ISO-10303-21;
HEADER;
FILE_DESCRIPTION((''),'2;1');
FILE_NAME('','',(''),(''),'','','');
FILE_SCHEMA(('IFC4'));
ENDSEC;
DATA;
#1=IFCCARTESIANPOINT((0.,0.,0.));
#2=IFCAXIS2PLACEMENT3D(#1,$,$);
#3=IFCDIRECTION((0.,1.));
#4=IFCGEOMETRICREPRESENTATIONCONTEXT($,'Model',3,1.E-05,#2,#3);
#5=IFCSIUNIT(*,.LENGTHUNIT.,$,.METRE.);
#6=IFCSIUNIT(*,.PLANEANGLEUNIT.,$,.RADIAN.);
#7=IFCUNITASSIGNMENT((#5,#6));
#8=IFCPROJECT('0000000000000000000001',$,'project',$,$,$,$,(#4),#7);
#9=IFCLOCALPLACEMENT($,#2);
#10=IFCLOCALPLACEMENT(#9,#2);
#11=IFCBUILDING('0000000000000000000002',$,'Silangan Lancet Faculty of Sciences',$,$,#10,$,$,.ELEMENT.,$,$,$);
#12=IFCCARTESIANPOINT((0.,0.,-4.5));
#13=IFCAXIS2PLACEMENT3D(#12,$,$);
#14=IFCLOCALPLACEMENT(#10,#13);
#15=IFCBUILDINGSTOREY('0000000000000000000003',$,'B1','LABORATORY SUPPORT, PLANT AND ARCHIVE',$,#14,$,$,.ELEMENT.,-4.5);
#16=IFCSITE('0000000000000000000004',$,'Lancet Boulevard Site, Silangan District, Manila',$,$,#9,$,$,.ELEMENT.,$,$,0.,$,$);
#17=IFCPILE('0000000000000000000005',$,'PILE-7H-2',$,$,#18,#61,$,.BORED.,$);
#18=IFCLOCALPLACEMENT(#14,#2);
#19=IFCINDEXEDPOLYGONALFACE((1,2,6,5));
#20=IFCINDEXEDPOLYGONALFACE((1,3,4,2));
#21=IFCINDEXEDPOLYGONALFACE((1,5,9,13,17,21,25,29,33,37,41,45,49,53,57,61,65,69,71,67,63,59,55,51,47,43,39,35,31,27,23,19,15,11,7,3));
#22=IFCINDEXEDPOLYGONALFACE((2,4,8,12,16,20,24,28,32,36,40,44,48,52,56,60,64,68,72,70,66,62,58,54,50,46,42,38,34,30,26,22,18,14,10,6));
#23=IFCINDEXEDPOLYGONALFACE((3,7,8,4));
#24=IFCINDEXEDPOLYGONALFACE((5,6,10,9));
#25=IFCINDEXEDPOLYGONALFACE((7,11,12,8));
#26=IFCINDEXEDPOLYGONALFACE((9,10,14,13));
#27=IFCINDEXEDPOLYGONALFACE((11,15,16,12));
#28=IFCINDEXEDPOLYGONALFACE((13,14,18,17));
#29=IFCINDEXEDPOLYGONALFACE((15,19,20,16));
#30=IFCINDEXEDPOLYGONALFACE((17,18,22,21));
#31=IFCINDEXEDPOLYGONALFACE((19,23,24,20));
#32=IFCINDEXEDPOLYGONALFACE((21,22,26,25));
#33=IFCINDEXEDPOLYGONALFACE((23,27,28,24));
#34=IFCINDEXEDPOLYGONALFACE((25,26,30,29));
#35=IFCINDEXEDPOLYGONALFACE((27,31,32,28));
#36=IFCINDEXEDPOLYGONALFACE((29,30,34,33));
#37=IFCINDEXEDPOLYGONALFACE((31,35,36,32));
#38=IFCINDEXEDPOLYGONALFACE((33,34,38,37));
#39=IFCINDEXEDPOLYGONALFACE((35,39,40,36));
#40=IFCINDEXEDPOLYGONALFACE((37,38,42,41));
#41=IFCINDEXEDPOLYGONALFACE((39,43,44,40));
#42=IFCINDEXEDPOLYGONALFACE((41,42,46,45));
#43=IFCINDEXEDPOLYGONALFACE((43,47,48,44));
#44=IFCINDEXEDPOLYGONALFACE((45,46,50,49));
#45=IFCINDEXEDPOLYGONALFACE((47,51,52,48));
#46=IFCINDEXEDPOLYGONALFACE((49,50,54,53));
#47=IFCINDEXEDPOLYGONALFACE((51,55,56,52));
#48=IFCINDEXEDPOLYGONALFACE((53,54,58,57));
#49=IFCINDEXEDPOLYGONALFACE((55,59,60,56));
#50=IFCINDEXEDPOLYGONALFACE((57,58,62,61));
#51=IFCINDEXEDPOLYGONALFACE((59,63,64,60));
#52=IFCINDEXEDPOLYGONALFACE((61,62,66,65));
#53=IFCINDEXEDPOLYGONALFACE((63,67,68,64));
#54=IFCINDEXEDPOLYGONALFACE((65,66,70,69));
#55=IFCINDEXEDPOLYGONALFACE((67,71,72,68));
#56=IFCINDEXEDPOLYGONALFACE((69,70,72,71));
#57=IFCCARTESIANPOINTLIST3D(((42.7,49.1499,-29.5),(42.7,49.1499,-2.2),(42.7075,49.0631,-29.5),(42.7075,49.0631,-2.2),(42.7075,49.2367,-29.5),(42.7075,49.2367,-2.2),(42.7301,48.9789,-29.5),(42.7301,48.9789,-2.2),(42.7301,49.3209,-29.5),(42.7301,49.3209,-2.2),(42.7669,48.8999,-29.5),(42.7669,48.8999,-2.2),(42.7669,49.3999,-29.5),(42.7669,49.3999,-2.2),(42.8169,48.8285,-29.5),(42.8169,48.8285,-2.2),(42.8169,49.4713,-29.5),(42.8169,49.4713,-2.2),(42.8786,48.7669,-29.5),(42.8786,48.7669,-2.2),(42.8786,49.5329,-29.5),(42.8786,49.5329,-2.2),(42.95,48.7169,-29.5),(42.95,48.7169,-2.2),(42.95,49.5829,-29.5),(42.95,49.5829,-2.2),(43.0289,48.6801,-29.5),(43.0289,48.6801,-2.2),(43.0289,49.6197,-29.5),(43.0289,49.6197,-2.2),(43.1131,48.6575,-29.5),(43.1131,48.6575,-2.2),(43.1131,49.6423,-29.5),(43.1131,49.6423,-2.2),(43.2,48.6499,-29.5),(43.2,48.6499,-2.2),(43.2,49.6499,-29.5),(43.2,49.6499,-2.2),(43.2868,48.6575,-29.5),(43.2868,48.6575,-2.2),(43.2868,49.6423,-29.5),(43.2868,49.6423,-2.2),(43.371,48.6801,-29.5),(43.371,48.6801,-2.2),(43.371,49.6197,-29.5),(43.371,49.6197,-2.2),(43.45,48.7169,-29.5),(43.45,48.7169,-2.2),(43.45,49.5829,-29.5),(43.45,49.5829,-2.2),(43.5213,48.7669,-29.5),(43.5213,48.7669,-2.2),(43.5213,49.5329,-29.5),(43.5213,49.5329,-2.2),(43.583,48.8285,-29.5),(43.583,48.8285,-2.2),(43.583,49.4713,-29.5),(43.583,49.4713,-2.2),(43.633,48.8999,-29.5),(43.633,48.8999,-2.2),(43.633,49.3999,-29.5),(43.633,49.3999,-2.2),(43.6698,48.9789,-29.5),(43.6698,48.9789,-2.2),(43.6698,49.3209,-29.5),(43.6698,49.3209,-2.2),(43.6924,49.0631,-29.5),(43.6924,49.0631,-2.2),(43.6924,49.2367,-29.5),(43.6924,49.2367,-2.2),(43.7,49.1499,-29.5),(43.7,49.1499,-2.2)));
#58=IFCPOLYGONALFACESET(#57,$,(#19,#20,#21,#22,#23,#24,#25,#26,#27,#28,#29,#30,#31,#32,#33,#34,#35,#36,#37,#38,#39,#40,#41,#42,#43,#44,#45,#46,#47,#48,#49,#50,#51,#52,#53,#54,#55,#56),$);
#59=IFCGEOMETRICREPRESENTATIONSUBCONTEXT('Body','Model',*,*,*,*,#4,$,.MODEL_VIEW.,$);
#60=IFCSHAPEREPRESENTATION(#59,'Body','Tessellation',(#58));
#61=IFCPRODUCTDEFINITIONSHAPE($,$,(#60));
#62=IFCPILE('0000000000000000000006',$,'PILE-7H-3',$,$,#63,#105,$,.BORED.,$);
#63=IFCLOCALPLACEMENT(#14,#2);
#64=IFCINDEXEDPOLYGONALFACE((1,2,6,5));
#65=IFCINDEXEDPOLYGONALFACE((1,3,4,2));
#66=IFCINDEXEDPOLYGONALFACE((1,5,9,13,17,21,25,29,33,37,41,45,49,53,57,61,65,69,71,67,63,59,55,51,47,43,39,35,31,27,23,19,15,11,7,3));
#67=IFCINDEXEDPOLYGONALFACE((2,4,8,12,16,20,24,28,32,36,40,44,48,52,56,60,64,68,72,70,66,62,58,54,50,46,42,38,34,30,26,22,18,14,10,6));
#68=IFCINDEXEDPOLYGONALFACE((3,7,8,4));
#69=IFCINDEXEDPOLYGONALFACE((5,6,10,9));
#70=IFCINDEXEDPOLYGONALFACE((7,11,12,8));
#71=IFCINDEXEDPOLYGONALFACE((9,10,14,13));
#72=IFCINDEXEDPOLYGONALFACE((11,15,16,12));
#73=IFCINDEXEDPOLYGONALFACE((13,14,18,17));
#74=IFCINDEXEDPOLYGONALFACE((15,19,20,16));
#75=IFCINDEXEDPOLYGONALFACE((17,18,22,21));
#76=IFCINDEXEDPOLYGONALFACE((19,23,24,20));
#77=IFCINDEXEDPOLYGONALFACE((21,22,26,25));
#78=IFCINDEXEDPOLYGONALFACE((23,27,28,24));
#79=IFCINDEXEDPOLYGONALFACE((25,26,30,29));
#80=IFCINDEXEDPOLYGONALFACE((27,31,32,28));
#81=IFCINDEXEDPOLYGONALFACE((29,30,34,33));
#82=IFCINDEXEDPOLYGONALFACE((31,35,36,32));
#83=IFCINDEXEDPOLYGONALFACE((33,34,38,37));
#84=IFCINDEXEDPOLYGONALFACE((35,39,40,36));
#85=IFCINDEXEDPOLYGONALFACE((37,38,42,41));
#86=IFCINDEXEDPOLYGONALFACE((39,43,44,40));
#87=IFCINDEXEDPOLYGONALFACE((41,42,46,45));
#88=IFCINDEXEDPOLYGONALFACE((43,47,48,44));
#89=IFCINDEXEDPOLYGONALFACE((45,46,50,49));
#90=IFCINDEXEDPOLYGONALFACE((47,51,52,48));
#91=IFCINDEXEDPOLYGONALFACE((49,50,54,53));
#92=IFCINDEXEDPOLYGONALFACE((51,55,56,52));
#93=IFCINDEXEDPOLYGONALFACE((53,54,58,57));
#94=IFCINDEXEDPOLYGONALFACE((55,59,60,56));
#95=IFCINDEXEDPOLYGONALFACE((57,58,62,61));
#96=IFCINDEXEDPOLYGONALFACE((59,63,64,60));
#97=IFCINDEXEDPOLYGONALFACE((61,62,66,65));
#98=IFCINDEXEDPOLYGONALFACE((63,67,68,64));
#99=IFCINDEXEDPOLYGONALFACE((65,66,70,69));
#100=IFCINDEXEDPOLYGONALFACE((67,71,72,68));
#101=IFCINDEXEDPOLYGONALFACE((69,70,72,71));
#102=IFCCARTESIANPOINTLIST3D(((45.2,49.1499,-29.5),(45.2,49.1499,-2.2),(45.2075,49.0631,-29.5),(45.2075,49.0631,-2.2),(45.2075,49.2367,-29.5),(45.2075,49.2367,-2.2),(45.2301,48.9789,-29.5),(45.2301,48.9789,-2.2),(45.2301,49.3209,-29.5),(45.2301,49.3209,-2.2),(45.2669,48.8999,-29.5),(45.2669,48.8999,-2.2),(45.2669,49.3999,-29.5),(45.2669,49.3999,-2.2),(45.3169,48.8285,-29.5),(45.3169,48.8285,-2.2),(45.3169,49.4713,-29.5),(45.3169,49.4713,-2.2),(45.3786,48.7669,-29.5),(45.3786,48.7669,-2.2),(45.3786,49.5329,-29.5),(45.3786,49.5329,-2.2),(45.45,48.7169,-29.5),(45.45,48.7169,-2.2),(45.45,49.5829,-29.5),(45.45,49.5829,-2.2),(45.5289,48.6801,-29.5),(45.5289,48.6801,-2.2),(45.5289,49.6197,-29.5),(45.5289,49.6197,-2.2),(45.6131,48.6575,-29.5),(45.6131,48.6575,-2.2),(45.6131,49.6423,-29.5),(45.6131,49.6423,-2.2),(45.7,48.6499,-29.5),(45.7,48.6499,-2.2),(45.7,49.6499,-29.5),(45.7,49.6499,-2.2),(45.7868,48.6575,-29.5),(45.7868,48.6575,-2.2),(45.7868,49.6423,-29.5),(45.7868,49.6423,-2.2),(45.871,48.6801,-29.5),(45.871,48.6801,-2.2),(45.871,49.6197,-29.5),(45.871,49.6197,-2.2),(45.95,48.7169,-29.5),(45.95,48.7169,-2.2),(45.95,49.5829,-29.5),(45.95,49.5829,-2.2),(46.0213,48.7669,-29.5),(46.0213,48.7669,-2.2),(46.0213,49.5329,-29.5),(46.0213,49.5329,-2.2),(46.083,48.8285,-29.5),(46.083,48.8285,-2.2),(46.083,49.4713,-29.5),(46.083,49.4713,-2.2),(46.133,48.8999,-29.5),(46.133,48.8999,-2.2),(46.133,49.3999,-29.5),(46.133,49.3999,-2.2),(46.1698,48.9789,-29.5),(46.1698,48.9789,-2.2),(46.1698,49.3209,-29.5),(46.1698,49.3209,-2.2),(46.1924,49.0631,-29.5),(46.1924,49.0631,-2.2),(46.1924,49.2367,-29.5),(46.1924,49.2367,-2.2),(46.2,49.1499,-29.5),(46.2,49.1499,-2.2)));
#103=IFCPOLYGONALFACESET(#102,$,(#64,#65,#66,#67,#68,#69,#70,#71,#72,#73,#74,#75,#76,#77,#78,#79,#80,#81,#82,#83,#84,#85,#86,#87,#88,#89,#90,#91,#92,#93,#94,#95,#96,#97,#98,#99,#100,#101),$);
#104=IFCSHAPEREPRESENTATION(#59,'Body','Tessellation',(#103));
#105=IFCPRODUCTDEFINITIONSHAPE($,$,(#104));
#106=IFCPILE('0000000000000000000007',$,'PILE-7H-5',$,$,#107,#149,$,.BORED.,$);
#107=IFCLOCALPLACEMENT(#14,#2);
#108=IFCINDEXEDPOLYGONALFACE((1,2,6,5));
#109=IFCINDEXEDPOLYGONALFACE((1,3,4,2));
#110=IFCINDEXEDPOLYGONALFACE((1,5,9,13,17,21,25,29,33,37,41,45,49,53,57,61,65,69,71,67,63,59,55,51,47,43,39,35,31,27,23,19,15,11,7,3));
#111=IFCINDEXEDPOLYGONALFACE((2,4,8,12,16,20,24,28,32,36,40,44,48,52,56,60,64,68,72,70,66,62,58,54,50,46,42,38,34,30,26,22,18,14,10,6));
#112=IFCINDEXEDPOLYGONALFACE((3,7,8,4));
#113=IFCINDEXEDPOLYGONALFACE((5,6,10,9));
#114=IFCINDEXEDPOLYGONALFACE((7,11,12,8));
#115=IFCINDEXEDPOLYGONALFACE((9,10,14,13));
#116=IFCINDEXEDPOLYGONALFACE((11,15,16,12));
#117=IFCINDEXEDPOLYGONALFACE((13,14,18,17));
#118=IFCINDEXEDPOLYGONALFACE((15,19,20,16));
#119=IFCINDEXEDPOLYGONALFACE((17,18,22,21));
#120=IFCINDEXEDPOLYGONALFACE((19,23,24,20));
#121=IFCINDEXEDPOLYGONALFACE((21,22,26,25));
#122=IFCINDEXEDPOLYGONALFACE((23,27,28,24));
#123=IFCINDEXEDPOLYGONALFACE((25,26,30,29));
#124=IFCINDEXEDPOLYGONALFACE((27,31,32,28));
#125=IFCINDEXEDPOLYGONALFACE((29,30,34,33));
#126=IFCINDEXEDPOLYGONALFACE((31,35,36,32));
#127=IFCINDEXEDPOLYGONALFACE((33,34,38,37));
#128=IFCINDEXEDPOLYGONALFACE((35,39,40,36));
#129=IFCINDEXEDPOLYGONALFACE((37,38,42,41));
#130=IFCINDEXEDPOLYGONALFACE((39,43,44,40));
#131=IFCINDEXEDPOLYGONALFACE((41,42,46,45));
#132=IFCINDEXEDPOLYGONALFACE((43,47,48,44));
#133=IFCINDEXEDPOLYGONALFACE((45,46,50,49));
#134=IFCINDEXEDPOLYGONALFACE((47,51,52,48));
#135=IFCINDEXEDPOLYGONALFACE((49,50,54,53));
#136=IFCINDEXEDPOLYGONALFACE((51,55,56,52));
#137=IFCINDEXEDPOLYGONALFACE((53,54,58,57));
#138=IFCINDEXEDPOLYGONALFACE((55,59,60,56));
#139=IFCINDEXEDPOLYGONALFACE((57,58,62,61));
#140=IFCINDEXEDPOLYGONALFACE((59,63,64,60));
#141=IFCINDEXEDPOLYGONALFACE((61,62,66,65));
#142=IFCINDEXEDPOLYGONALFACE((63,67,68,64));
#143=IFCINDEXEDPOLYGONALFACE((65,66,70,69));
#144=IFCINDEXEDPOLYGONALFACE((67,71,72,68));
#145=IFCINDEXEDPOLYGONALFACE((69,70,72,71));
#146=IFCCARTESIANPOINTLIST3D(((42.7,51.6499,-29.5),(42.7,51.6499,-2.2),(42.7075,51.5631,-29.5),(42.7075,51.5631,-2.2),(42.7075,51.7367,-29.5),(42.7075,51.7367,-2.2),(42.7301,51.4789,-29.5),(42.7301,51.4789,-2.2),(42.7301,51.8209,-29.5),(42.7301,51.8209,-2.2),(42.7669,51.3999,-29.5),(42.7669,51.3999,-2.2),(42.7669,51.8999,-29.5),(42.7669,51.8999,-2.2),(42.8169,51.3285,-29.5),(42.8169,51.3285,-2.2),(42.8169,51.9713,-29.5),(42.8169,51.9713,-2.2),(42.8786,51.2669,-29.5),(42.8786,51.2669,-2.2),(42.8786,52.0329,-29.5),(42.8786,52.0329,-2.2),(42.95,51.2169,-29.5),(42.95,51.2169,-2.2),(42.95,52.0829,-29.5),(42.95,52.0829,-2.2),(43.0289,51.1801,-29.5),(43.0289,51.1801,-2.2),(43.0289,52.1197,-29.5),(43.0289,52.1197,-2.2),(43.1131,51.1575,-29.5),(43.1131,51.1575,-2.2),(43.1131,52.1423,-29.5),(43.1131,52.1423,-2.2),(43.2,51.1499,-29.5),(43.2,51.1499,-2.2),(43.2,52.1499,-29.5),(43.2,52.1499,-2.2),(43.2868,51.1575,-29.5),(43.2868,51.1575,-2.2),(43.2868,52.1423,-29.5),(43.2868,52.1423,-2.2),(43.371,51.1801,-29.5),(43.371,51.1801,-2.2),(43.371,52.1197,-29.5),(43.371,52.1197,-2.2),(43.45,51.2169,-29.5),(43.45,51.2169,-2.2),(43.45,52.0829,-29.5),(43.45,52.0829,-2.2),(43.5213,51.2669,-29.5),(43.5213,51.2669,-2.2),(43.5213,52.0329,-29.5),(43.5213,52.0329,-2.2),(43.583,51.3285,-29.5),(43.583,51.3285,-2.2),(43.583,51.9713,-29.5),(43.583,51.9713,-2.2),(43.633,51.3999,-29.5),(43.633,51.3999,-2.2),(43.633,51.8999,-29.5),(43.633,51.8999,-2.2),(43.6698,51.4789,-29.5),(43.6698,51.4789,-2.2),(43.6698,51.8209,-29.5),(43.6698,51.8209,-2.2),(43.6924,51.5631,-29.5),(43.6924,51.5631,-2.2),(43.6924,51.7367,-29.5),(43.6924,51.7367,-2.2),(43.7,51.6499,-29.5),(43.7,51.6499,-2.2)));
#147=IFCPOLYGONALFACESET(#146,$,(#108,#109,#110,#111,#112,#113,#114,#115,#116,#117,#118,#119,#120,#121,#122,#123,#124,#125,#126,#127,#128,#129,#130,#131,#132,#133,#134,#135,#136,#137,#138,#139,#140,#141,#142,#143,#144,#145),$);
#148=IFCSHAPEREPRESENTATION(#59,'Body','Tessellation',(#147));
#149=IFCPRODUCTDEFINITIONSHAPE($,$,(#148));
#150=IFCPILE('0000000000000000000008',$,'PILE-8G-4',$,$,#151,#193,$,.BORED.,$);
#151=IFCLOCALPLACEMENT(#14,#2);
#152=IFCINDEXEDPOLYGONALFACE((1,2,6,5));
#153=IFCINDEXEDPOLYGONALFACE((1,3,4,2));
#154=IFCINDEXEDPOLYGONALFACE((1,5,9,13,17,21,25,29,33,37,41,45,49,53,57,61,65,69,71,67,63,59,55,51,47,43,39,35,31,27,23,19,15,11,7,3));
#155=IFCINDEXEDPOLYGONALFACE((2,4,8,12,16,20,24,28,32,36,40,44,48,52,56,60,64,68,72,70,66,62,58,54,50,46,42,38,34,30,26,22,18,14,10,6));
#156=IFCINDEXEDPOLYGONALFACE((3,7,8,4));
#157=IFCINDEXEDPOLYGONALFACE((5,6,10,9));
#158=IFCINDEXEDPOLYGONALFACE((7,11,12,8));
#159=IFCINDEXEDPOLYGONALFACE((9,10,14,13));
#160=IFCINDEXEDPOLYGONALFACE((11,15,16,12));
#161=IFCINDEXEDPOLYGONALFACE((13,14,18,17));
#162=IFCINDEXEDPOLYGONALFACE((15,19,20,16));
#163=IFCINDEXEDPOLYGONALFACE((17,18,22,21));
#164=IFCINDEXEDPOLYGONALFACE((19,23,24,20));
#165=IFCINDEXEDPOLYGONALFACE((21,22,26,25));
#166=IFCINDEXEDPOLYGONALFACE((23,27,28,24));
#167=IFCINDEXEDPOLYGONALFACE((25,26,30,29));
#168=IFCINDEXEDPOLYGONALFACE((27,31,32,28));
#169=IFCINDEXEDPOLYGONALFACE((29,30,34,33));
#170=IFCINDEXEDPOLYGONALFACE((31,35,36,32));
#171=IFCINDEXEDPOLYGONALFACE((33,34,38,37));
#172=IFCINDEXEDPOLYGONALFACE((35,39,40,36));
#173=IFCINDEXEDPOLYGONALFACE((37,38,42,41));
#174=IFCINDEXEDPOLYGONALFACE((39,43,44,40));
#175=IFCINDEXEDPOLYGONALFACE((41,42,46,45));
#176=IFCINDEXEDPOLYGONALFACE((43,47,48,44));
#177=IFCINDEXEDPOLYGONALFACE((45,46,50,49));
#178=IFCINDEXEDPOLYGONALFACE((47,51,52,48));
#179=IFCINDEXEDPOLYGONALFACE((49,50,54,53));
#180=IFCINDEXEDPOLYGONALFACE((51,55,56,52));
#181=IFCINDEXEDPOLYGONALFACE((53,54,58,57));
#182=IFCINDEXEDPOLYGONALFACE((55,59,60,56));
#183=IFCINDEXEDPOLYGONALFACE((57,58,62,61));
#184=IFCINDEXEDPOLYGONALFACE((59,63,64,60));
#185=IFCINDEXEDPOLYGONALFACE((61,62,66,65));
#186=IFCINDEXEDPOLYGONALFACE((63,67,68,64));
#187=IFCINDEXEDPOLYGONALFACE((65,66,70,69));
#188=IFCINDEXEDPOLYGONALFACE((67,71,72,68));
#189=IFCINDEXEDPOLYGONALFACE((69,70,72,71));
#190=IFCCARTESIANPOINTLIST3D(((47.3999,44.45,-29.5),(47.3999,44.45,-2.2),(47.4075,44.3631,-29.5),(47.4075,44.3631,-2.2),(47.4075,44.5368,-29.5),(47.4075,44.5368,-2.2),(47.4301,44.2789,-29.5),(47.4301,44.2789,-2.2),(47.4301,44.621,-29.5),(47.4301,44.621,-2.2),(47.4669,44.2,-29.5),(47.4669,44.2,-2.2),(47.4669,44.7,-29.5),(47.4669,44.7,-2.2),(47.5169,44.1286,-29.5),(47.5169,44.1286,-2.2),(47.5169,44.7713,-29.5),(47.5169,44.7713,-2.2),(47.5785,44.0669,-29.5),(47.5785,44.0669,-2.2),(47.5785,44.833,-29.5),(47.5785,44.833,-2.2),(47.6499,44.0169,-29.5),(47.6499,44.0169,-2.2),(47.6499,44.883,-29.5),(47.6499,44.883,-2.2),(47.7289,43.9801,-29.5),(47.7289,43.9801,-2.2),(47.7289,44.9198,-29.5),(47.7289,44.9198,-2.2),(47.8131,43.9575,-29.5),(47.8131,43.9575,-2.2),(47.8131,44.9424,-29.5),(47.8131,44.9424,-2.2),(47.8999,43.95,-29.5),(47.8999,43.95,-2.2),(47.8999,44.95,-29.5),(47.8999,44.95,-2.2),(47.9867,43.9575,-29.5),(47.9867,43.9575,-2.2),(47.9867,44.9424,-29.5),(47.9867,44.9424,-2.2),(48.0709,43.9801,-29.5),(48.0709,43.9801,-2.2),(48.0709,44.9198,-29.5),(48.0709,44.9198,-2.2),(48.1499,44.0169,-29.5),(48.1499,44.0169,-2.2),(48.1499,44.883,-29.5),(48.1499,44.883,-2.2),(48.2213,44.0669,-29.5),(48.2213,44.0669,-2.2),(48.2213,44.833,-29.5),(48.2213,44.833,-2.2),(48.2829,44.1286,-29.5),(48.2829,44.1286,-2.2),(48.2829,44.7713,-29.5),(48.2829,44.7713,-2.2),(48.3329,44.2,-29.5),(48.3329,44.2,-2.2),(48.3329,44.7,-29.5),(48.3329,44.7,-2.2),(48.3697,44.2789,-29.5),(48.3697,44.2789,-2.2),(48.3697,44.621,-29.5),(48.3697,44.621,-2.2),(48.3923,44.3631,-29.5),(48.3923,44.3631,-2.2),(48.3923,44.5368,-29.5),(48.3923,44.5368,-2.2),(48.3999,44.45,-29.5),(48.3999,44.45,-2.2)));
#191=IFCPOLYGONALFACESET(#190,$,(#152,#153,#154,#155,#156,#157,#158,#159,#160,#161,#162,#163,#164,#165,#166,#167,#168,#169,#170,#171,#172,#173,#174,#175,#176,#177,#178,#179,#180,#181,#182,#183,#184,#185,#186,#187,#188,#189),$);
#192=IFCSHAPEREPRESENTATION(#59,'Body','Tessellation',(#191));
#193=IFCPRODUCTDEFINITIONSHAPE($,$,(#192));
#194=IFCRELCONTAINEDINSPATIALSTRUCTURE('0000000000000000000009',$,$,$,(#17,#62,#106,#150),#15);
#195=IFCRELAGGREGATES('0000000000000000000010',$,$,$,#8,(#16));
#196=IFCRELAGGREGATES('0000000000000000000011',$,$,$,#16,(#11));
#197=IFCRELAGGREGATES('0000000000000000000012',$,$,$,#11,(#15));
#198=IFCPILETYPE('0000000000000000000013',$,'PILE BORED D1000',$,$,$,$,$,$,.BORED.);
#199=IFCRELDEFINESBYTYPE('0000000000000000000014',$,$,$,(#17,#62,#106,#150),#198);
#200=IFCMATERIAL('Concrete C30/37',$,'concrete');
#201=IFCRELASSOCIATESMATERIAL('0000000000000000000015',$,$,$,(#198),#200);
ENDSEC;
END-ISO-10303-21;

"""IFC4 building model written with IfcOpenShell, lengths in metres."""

from ifc_helpers import new_model, si_unit, direction, frame, origin, origin_2d, place, context, subcontext, project, spatial, circle, extrude, material, material_profile, profile_set, type_object, element, save


model = new_model("IFC4")

# Units and contexts
model_context = context("Model", 3, precision=1e-05, world=origin(), true_north=direction((0.0, 1.0)))
body_context = subcontext(model_context, "Body", "Model", "MODEL_VIEW")
ifc_project = project(units=[si_unit("LENGTHUNIT", "METRE"), si_unit("PLANEANGLEUNIT", "RADIAN")], contexts=[model_context])

# Site, building, storey
site_placement = place(None, origin())
site = spatial("IfcSite", under=ifc_project, at=site_placement, Name="Lancet Boulevard Site, Silangan District, Manila", CompositionType="ELEMENT", RefElevation=0.0)
building_placement = place(site_placement, origin())
building = spatial("IfcBuilding", under=site, at=building_placement, Name="Silangan Lancet Faculty of Sciences", CompositionType="ELEMENT")
storey_placement = place(building_placement, frame((0.0, 0.0, -4.5)))
storey = spatial("IfcBuildingStorey", under=building, at=storey_placement, Name="B1", Description="LABORATORY SUPPORT, PLANT AND ARCHIVE", CompositionType="ELEMENT", Elevation=-4.5)

# Piles
ifc_material_1 = material(Name="Concrete C30/37", Category="concrete")
ifc_material_profile_1 = material_profile(ifc_material_1, circle(Radius=0.5, at=origin_2d()), Name="BORED PILE D1000")
ifc_profile_set_1 = profile_set([ifc_material_profile_1], Name="Concrete C30/37")
pile_type = type_object("IfcPileType", Name="PILE BORED D1000", PredefinedType="BORED", material=ifc_profile_set_1)
for number, where, z_axis, x_axis, name in (
    (1, (43.2, 49.1499, -2.2), (0.0, 0.0, -1.0), (1.0, 0.0, 0.0), "PILE-7H-2"),
    (2, (45.7, 49.1499, -2.2), (0.0, 0.0, -1.0), (1.0, 0.0, 0.0), "PILE-7H-3"),
    (3, (43.2, 51.6499, -2.2), (0.0, 0.0, -1.0), (1.0, 0.0, 0.0), "PILE-7H-5"),
    (4, (47.8999, 44.45, -2.2), (0.0, 0.0, -1.0), (1.0, 0.0, 0.0), "PILE-8G-4"),
):
    element("IfcPile", number, at=place(storey_placement, frame(where, z_axis=z_axis, x_axis=x_axis)), inside=storey, type_object=pile_type, Name=name, PredefinedType="BORED", context=body_context, shape_type="SweptSolid", body=[
        extrude(circle(Radius=0.5, at=origin_2d()), origin(), (0.0, 0.0, 1.0), 27.3),
    ])

save(model, "model.ifc")
